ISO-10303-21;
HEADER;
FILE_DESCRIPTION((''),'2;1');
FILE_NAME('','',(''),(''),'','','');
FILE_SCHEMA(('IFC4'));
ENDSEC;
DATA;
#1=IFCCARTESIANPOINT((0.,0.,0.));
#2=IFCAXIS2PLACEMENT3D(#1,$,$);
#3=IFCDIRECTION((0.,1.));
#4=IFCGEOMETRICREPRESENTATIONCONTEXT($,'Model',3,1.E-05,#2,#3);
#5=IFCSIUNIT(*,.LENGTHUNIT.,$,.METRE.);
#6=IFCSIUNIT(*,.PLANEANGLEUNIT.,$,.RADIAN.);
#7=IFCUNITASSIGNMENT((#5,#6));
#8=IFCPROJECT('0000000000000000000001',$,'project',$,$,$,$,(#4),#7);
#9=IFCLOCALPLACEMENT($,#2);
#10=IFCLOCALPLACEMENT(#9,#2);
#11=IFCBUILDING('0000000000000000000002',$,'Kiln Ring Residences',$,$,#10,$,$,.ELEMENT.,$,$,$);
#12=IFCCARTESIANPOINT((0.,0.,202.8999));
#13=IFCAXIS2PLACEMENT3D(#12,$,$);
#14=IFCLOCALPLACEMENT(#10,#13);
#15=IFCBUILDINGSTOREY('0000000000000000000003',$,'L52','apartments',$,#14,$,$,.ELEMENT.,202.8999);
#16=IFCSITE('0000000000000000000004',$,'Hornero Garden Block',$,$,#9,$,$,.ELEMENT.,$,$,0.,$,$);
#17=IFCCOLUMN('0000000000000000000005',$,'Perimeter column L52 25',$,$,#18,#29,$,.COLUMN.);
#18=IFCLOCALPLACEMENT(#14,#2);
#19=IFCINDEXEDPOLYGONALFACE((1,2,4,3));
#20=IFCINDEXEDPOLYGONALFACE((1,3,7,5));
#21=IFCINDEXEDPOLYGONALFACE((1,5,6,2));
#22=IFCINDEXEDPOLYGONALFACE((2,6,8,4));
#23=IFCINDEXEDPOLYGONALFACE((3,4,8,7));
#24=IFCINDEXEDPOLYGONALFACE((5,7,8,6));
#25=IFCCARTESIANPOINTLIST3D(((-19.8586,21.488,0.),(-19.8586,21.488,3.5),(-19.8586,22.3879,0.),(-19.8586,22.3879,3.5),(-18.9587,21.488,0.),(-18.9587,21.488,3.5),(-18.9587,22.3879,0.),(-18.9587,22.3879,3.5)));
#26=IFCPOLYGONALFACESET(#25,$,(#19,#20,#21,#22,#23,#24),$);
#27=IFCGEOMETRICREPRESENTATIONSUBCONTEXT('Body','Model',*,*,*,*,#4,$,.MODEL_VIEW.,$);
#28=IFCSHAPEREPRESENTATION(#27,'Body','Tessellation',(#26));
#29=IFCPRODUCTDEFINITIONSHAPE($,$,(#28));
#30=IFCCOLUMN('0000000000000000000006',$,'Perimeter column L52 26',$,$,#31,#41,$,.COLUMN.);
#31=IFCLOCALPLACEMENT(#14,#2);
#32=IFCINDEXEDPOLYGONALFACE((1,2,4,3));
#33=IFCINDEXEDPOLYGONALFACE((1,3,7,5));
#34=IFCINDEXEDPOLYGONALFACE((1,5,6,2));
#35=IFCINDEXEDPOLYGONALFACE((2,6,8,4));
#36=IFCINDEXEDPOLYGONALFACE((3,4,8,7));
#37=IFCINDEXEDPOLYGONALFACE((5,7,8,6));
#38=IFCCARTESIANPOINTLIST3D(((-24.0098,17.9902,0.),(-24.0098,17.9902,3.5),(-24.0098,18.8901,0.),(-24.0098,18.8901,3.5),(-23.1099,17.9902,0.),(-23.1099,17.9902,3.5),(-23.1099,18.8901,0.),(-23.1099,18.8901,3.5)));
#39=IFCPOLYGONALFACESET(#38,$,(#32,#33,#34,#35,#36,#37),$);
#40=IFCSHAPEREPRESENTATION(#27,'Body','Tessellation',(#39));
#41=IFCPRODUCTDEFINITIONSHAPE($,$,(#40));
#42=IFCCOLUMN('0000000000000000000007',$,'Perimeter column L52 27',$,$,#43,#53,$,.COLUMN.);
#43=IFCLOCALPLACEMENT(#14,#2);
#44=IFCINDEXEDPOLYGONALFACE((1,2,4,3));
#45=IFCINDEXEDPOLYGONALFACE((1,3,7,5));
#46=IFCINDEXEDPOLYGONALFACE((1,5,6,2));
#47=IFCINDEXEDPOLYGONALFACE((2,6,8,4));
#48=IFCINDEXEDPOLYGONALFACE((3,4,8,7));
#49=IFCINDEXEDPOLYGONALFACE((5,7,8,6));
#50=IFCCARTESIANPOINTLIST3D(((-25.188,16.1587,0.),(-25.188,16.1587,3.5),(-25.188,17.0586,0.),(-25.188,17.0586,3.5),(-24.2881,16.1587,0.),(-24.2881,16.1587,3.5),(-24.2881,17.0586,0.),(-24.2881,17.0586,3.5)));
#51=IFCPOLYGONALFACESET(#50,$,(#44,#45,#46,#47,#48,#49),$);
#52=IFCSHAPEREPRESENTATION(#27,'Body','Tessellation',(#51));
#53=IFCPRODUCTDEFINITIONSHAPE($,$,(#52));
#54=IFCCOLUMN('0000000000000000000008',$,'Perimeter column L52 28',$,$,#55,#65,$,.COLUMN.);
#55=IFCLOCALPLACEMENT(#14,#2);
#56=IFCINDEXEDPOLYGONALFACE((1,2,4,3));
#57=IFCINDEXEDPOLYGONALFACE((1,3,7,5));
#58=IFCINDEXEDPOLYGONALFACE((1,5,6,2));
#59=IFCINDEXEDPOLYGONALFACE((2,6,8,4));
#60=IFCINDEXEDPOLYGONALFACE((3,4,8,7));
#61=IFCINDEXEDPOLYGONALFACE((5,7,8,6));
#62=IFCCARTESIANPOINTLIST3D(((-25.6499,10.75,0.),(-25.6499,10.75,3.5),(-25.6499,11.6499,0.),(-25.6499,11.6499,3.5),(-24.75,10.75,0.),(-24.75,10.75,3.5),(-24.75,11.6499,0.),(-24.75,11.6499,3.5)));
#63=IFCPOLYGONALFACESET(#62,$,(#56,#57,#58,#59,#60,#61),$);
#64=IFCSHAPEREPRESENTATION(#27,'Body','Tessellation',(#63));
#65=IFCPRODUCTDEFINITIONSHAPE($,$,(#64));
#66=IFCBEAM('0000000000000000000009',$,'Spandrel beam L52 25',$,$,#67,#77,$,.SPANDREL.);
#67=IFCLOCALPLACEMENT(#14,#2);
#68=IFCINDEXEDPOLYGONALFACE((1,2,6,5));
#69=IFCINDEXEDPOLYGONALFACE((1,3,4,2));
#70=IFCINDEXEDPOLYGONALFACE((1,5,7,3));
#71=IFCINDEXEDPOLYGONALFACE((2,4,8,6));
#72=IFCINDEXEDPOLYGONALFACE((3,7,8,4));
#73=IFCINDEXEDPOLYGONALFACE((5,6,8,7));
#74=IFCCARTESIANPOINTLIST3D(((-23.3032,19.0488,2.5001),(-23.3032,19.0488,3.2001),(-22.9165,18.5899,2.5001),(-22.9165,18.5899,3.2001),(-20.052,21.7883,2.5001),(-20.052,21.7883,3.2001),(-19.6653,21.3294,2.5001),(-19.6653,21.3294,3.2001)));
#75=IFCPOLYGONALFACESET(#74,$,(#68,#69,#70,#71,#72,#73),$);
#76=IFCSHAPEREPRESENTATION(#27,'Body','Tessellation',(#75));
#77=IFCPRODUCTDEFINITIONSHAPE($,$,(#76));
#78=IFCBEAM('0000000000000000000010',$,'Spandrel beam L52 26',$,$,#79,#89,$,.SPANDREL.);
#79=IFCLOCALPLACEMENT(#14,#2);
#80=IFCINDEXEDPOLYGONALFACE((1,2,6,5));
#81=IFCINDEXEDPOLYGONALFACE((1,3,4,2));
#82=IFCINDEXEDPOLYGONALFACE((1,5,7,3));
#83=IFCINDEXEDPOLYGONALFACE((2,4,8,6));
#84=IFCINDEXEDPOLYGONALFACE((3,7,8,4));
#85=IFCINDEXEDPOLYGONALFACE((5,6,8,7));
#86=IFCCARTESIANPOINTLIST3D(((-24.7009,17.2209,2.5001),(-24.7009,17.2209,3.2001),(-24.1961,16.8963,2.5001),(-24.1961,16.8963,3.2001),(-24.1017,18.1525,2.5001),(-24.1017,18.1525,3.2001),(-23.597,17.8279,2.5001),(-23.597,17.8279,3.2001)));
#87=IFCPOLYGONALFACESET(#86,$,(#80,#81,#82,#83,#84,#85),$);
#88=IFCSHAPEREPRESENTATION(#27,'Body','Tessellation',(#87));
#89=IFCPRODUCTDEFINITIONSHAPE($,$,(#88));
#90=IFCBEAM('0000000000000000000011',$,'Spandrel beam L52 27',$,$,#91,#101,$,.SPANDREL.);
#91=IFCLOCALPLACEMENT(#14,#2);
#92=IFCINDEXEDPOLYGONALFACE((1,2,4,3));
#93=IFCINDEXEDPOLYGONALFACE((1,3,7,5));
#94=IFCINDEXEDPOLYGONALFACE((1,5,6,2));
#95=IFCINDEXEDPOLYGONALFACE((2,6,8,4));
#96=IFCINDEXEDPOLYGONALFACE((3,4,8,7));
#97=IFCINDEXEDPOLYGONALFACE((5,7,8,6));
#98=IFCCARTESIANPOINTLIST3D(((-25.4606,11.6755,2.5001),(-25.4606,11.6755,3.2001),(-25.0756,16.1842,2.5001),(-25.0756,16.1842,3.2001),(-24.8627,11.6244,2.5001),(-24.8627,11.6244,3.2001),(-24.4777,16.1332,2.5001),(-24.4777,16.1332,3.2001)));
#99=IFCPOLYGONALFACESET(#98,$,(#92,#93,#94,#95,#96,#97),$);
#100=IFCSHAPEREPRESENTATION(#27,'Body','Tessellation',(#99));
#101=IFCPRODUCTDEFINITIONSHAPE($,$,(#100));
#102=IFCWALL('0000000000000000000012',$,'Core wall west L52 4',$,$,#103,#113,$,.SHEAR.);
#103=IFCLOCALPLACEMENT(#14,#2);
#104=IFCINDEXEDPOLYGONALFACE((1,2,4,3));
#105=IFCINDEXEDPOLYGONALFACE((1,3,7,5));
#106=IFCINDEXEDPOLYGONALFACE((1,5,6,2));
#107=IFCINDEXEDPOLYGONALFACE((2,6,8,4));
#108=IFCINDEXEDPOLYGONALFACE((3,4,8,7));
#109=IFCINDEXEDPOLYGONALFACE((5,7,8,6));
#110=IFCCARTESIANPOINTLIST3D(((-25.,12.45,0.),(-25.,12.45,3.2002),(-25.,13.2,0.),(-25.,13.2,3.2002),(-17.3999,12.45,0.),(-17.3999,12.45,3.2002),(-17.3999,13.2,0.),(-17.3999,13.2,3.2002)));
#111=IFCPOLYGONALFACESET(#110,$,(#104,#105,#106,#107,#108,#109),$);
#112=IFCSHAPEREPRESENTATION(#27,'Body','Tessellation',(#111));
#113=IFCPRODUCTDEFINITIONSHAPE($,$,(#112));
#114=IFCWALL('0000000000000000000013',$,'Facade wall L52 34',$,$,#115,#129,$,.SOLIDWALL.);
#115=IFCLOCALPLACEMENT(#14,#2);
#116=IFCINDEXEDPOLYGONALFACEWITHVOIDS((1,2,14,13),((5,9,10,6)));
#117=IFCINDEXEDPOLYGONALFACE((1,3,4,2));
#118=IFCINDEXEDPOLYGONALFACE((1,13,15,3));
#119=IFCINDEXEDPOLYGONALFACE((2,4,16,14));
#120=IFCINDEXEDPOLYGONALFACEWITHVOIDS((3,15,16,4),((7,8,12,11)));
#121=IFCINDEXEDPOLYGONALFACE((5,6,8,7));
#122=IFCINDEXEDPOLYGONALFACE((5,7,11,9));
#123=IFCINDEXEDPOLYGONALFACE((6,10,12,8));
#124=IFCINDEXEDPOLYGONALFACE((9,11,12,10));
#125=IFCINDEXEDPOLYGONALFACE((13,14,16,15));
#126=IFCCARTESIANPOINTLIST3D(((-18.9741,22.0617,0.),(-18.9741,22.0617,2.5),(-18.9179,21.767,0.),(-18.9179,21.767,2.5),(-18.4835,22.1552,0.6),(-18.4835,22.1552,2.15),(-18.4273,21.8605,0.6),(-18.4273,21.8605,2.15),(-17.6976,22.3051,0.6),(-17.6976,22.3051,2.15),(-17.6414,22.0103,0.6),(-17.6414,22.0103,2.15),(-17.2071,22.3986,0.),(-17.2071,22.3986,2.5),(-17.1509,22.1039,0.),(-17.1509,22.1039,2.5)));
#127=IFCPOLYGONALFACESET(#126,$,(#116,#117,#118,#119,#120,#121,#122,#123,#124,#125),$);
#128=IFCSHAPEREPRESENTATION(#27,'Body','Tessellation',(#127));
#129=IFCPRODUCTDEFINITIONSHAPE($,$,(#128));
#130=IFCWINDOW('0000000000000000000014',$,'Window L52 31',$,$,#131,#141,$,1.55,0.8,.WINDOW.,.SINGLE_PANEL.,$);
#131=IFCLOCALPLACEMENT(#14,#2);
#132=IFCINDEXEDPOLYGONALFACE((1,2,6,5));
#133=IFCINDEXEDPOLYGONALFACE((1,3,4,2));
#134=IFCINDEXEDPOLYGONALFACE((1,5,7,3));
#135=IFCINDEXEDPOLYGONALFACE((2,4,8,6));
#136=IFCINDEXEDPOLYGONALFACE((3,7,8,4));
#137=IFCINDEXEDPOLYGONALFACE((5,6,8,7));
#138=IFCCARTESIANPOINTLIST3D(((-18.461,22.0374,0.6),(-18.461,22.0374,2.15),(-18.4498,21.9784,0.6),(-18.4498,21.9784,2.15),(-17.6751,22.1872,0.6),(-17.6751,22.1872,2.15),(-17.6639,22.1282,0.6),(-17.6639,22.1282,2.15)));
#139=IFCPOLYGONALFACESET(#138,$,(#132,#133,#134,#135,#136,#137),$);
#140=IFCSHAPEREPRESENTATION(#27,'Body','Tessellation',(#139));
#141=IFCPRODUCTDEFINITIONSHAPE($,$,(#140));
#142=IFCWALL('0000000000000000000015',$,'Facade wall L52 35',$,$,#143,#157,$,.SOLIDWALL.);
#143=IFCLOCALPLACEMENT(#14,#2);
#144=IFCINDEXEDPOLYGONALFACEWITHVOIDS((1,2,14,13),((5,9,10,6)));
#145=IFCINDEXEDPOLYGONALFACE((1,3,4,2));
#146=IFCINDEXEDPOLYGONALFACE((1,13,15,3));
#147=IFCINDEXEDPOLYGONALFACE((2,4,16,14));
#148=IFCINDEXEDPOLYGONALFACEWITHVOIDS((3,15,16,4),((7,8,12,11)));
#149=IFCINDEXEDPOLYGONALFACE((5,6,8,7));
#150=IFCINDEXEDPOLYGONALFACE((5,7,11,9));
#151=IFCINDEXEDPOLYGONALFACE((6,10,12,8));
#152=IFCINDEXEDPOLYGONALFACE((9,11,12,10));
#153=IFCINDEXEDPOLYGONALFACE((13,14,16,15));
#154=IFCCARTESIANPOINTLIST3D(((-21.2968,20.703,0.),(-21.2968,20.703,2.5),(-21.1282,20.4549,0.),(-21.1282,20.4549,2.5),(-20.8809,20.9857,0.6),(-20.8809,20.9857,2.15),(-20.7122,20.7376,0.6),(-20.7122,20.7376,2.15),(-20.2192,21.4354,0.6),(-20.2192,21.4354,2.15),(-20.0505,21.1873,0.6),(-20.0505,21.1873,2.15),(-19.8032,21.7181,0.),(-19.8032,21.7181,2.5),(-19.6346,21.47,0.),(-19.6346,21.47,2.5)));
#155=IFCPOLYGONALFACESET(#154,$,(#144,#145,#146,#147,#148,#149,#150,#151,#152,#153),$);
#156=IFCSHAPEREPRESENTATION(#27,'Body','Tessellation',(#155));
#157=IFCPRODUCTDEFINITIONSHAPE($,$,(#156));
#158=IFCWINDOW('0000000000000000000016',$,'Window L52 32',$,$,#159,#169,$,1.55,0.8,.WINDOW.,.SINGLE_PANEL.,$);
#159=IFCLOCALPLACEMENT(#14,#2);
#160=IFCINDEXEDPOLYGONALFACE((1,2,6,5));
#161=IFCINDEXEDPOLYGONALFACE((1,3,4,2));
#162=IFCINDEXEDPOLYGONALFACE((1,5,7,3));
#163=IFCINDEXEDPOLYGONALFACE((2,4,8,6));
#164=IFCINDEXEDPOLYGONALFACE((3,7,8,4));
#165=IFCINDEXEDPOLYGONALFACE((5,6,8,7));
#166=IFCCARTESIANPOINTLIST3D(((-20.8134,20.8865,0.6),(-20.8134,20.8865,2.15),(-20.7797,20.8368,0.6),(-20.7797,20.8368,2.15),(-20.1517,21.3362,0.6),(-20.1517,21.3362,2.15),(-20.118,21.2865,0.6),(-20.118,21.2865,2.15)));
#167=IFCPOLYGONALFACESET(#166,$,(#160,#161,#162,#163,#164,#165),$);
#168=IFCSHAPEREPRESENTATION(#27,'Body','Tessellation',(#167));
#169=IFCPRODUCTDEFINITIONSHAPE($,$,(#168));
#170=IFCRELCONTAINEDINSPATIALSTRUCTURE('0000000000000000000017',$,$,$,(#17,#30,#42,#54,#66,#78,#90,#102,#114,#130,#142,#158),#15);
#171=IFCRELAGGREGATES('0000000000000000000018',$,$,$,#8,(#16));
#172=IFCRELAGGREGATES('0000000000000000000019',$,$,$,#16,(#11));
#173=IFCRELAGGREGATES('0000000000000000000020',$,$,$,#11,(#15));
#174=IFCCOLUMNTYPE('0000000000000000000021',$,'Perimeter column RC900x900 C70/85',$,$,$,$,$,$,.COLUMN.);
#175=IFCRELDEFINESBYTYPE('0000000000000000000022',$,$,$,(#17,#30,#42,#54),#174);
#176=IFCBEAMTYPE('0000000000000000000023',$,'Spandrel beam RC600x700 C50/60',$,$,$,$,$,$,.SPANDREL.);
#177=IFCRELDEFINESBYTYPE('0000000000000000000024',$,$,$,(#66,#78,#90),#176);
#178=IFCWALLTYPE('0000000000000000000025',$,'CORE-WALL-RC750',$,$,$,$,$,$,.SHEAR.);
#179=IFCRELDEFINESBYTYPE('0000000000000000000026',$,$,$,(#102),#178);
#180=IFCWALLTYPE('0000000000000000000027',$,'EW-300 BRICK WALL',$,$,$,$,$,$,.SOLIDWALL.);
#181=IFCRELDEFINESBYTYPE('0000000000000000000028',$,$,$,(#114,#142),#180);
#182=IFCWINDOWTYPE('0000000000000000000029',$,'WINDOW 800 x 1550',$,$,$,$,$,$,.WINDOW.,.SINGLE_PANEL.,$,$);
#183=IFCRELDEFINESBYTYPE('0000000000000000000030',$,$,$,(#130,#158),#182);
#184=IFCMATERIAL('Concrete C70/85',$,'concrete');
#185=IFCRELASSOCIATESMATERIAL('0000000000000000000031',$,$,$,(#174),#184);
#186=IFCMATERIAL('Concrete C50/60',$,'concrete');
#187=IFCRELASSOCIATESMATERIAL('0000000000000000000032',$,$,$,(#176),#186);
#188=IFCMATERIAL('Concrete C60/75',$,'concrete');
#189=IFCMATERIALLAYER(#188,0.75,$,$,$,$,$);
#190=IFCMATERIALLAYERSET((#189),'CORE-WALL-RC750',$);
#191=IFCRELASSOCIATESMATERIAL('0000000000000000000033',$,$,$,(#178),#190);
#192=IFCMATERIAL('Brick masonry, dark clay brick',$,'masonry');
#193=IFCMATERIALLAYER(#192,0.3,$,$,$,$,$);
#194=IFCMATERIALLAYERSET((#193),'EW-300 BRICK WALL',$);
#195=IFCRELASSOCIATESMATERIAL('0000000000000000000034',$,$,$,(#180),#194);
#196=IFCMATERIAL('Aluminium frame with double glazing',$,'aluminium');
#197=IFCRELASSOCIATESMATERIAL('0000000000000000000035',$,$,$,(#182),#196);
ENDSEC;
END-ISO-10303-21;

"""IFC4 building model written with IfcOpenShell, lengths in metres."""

from ifc_helpers import new_model, si_unit, direction, frame, frame_2d, origin, origin_2d, place, context, subcontext, project, spatial, rectangle, extrude, material, layer, layer_set, material_profile, profile_set, type_object, element, fill, save


model = new_model("IFC4")

# Units and contexts
model_context = context("Model", 3, precision=1e-05, world=origin(), true_north=direction((0.0, 1.0)))
body_context = subcontext(model_context, "Body", "Model", "MODEL_VIEW")
ifc_project = project(units=[si_unit("LENGTHUNIT", "METRE"), si_unit("PLANEANGLEUNIT", "RADIAN")], contexts=[model_context])

# Site, building, storey
site_placement = place(None, origin())
site = spatial("IfcSite", under=ifc_project, at=site_placement, Name="Hornero Garden Block", CompositionType="ELEMENT", RefElevation=0.0)
building_placement = place(site_placement, origin())
building = spatial("IfcBuilding", under=site, at=building_placement, Name="Kiln Ring Residences", CompositionType="ELEMENT")
storey_placement = place(building_placement, frame((0.0, 0.0, 202.8999)))
storey = spatial("IfcBuildingStorey", under=building, at=storey_placement, Name="L52", Description="apartments", CompositionType="ELEMENT", Elevation=202.8999)

# Columns
ifc_material_1 = material(Name="Concrete C70/85", Category="concrete")
ifc_material_profile_1 = material_profile(ifc_material_1, rectangle(XDim=0.8999, YDim=0.8999, at=origin_2d()), Name="RC900x900")
ifc_profile_set_1 = profile_set([ifc_material_profile_1], Name="Concrete C70/85")
column_type = type_object("IfcColumnType", Name="Perimeter column RC900x900 C70/85", PredefinedType="COLUMN", material=ifc_profile_set_1)
for number, where, z_axis, x_axis, name in (
    (1, (-19.4087, 21.938, 0.0), (0.0, 0.0, 1.0), (1.0, 0.0, 0.0), "Perimeter column L52 25"),
    (2, (-23.5598, 18.4402, 0.0), (0.0, 0.0, 1.0), (1.0, 0.0, 0.0), "Perimeter column L52 26"),
    (3, (-24.738, 16.6086, 0.0), (0.0, 0.0, 1.0), (1.0, 0.0, 0.0), "Perimeter column L52 27"),
    (4, (-25.2, 11.2, 0.0), (0.0, 0.0, 1.0), (1.0, 0.0, 0.0), "Perimeter column L52 28"),
):
    element("IfcColumn", number, at=place(storey_placement, frame(where, z_axis=z_axis, x_axis=x_axis)), inside=storey, type_object=column_type, Name=name, PredefinedType="COLUMN", context=body_context, shape_type="SweptSolid", body=[
        extrude(rectangle(XDim=0.8999, YDim=0.8999, at=origin_2d()), origin(), (0.0, 0.0, 1.0), 3.5),
    ])

# Beams
ifc_material_2 = material(Name="Concrete C50/60", Category="concrete")
ifc_material_profile_2 = material_profile(ifc_material_2, rectangle(XDim=0.6001, YDim=0.7, at=origin_2d()), Name="RC600x700")
ifc_profile_set_2 = profile_set([ifc_material_profile_2], Name="Concrete C50/60")
beam_type = type_object("IfcBeamType", Name="Spandrel beam RC600x700 C50/60", PredefinedType="SPANDREL", material=ifc_profile_set_2)
beam_1_placement = place(storey_placement, frame((-19.8586, 21.5588, 2.8501), z_axis=(-0.764722, -0.64436, 0.0), x_axis=(0.64436, -0.764722, 0.0)))
element("IfcBeam", 5, at=beam_1_placement, inside=storey, type_object=beam_type, Name="Spandrel beam L52 25", PredefinedType="SPANDREL", context=body_context, shape_type="SweptSolid", body=[
    extrude(rectangle(XDim=0.6001, YDim=0.7, at=origin_2d()), origin(), (0.0, 0.0, 1.0), 4.2515),
])
beam_2_placement = place(storey_placement, frame((-23.8494, 17.9902, 2.8501), z_axis=(-0.540891, -0.841093, 0.0), x_axis=(0.841093, -0.540891, 0.0)))
element("IfcBeam", 6, at=beam_2_placement, inside=storey, type_object=beam_type, Name="Spandrel beam L52 26", PredefinedType="SPANDREL", context=body_context, shape_type="SweptSolid", body=[
    extrude(rectangle(XDim=0.6001, YDim=0.7, at=origin_2d()), origin(), (0.0, 0.0, 1.0), 1.1077),
])
beam_3_placement = place(storey_placement, frame((-24.7766, 16.1587, 2.8501), z_axis=(-0.085081, -0.996374, 0.0), x_axis=(0.996374, -0.085081, 0.0)))
element("IfcBeam", 7, at=beam_3_placement, inside=storey, type_object=beam_type, Name="Spandrel beam L52 27", PredefinedType="SPANDREL", context=body_context, shape_type="SweptSolid", body=[
    extrude(rectangle(XDim=0.6001, YDim=0.7, at=origin_2d()), origin(), (0.0, 0.0, 1.0), 4.5251),
])

# Wall
ifc_material_3 = material(Name="Concrete C60/75", Category="concrete")
ifc_layer_1 = layer(ifc_material_3, 0.75)
ifc_layer_set_1 = layer_set([ifc_layer_1], Name="CORE-WALL-RC750")
wall_type_1 = type_object("IfcWallType", Name="CORE-WALL-RC750", PredefinedType="SHEAR", material=ifc_layer_set_1)
wall_1_placement = place(storey_placement, frame((-17.3999, 12.825, 0.0), z_axis=(0.0, 0.0, 1.0), x_axis=(-1.0, 0.0, 0.0)))
element("IfcWall", 8, at=wall_1_placement, inside=storey, type_object=wall_type_1, Name="Core wall west L52 4", PredefinedType="SHEAR", context=body_context, shape_type="SweptSolid", body=[
    extrude(rectangle(XDim=7.6001, YDim=0.75, at=frame_2d((3.8, 0.0))), origin(), (0.0, 0.0, 1.0), 3.2002),
])

# Walls, openings, windows
ifc_material_4 = material(Name="Brick masonry, dark clay brick", Category="masonry")
ifc_layer_2 = layer(ifc_material_4, 0.3)
ifc_layer_set_2 = layer_set([ifc_layer_2], Name="EW-300 BRICK WALL")
wall_type_2 = type_object("IfcWallType", Name="EW-300 BRICK WALL", PredefinedType="SOLIDWALL", material=ifc_layer_set_2)
wall_2_placement = place(storey_placement, frame((-17.179, 22.2512, 0.0), z_axis=(0.0, 0.0, 1.0), x_axis=(-0.982305, -0.187287, 0.0)))
wall_2 = element("IfcWall", 9, at=wall_2_placement, inside=storey, type_object=wall_type_2, Name="Facade wall L52 34", PredefinedType="SOLIDWALL", context=body_context, shape_type="SweptSolid", body=[
    extrude(rectangle(XDim=1.7988, YDim=0.3, at=frame_2d((0.8994, 0.0))), origin(), (0.0, 0.0, 1.0), 2.5),
])
opening_1_placement = place(wall_2_placement, frame((0.4995, 0.0, 0.6001)))
opening_1 = element("IfcOpeningElement", 10, at=opening_1_placement, cuts=wall_2, PredefinedType="OPENING", context=body_context, shape_type="SweptSolid", body=[
    extrude(rectangle(XDim=0.8, YDim=1.55, at=frame_2d((0.3999, 0.7749))), frame((0.0, 0.1599, 0.0), z_axis=(0.0, -1.0, 0.0), x_axis=(1.0, 0.0, 0.0)), (0.0, 0.0, 1.0), 0.3201),
])
ifc_material_5 = material(Name="Aluminium frame with double glazing", Category="aluminium")
window_type_1 = type_object("IfcWindowType", Name="WINDOW 800 x 1550", PartitioningType="SINGLE_PANEL", PredefinedType="WINDOW", material=ifc_material_5)
window_1_placement = place(opening_1_placement, origin())
window_1 = element("IfcWindow", 11, at=window_1_placement, inside=storey, type_object=window_type_1, Name="Window L52 31", OverallHeight=1.55, OverallWidth=0.8, PartitioningType="SINGLE_PANEL", PredefinedType="WINDOW", context=body_context, shape_type="SweptSolid", body=[
    extrude(rectangle(XDim=0.8, YDim=1.55, at=frame_2d((0.3999, 0.7749))), frame((0.0, 0.03, 0.0), z_axis=(0.0, -1.0, 0.0), x_axis=(1.0, 0.0, 0.0)), (0.0, 0.0, 1.0), 0.0601),
])
fill(opening_1, window_1)
wall_3_placement = place(storey_placement, frame((-19.719, 21.594, 0.0), z_axis=(0.0, 0.0, 1.0), x_axis=(-0.827067, -0.562103, 0.0)))
wall_3 = element("IfcWall", 12, at=wall_3_placement, inside=storey, type_object=wall_type_2, Name="Facade wall L52 35", PredefinedType="SOLIDWALL", context=body_context, shape_type="SweptSolid", body=[
    extrude(rectangle(XDim=1.8059, YDim=0.3, at=frame_2d((0.9028, 0.0))), origin(), (0.0, 0.0, 1.0), 2.5),
])
opening_2_placement = place(wall_3_placement, frame((0.5029, 0.0, 0.6001)))
opening_2 = element("IfcOpeningElement", 13, at=opening_2_placement, cuts=wall_3, PredefinedType="OPENING", context=body_context, shape_type="SweptSolid", body=[
    extrude(rectangle(XDim=0.8, YDim=1.55, at=frame_2d((0.3999, 0.7749))), frame((0.0, 0.1599, 0.0), z_axis=(0.0, -1.0, 0.0), x_axis=(1.0, 0.0, 0.0)), (0.0, 0.0, 1.0), 0.3201),
])
window_2_placement = place(opening_2_placement, origin())
window_2 = element("IfcWindow", 14, at=window_2_placement, inside=storey, type_object=window_type_1, Name="Window L52 32", OverallHeight=1.55, OverallWidth=0.8, PartitioningType="SINGLE_PANEL", PredefinedType="WINDOW", context=body_context, shape_type="SweptSolid", body=[
    extrude(rectangle(XDim=0.8, YDim=1.55, at=frame_2d((0.3999, 0.7749))), frame((0.0, 0.03, 0.0), z_axis=(0.0, -1.0, 0.0), x_axis=(1.0, 0.0, 0.0)), (0.0, 0.0, 1.0), 0.0601),
])
fill(opening_2, window_2)

save(model, "model.ifc")
